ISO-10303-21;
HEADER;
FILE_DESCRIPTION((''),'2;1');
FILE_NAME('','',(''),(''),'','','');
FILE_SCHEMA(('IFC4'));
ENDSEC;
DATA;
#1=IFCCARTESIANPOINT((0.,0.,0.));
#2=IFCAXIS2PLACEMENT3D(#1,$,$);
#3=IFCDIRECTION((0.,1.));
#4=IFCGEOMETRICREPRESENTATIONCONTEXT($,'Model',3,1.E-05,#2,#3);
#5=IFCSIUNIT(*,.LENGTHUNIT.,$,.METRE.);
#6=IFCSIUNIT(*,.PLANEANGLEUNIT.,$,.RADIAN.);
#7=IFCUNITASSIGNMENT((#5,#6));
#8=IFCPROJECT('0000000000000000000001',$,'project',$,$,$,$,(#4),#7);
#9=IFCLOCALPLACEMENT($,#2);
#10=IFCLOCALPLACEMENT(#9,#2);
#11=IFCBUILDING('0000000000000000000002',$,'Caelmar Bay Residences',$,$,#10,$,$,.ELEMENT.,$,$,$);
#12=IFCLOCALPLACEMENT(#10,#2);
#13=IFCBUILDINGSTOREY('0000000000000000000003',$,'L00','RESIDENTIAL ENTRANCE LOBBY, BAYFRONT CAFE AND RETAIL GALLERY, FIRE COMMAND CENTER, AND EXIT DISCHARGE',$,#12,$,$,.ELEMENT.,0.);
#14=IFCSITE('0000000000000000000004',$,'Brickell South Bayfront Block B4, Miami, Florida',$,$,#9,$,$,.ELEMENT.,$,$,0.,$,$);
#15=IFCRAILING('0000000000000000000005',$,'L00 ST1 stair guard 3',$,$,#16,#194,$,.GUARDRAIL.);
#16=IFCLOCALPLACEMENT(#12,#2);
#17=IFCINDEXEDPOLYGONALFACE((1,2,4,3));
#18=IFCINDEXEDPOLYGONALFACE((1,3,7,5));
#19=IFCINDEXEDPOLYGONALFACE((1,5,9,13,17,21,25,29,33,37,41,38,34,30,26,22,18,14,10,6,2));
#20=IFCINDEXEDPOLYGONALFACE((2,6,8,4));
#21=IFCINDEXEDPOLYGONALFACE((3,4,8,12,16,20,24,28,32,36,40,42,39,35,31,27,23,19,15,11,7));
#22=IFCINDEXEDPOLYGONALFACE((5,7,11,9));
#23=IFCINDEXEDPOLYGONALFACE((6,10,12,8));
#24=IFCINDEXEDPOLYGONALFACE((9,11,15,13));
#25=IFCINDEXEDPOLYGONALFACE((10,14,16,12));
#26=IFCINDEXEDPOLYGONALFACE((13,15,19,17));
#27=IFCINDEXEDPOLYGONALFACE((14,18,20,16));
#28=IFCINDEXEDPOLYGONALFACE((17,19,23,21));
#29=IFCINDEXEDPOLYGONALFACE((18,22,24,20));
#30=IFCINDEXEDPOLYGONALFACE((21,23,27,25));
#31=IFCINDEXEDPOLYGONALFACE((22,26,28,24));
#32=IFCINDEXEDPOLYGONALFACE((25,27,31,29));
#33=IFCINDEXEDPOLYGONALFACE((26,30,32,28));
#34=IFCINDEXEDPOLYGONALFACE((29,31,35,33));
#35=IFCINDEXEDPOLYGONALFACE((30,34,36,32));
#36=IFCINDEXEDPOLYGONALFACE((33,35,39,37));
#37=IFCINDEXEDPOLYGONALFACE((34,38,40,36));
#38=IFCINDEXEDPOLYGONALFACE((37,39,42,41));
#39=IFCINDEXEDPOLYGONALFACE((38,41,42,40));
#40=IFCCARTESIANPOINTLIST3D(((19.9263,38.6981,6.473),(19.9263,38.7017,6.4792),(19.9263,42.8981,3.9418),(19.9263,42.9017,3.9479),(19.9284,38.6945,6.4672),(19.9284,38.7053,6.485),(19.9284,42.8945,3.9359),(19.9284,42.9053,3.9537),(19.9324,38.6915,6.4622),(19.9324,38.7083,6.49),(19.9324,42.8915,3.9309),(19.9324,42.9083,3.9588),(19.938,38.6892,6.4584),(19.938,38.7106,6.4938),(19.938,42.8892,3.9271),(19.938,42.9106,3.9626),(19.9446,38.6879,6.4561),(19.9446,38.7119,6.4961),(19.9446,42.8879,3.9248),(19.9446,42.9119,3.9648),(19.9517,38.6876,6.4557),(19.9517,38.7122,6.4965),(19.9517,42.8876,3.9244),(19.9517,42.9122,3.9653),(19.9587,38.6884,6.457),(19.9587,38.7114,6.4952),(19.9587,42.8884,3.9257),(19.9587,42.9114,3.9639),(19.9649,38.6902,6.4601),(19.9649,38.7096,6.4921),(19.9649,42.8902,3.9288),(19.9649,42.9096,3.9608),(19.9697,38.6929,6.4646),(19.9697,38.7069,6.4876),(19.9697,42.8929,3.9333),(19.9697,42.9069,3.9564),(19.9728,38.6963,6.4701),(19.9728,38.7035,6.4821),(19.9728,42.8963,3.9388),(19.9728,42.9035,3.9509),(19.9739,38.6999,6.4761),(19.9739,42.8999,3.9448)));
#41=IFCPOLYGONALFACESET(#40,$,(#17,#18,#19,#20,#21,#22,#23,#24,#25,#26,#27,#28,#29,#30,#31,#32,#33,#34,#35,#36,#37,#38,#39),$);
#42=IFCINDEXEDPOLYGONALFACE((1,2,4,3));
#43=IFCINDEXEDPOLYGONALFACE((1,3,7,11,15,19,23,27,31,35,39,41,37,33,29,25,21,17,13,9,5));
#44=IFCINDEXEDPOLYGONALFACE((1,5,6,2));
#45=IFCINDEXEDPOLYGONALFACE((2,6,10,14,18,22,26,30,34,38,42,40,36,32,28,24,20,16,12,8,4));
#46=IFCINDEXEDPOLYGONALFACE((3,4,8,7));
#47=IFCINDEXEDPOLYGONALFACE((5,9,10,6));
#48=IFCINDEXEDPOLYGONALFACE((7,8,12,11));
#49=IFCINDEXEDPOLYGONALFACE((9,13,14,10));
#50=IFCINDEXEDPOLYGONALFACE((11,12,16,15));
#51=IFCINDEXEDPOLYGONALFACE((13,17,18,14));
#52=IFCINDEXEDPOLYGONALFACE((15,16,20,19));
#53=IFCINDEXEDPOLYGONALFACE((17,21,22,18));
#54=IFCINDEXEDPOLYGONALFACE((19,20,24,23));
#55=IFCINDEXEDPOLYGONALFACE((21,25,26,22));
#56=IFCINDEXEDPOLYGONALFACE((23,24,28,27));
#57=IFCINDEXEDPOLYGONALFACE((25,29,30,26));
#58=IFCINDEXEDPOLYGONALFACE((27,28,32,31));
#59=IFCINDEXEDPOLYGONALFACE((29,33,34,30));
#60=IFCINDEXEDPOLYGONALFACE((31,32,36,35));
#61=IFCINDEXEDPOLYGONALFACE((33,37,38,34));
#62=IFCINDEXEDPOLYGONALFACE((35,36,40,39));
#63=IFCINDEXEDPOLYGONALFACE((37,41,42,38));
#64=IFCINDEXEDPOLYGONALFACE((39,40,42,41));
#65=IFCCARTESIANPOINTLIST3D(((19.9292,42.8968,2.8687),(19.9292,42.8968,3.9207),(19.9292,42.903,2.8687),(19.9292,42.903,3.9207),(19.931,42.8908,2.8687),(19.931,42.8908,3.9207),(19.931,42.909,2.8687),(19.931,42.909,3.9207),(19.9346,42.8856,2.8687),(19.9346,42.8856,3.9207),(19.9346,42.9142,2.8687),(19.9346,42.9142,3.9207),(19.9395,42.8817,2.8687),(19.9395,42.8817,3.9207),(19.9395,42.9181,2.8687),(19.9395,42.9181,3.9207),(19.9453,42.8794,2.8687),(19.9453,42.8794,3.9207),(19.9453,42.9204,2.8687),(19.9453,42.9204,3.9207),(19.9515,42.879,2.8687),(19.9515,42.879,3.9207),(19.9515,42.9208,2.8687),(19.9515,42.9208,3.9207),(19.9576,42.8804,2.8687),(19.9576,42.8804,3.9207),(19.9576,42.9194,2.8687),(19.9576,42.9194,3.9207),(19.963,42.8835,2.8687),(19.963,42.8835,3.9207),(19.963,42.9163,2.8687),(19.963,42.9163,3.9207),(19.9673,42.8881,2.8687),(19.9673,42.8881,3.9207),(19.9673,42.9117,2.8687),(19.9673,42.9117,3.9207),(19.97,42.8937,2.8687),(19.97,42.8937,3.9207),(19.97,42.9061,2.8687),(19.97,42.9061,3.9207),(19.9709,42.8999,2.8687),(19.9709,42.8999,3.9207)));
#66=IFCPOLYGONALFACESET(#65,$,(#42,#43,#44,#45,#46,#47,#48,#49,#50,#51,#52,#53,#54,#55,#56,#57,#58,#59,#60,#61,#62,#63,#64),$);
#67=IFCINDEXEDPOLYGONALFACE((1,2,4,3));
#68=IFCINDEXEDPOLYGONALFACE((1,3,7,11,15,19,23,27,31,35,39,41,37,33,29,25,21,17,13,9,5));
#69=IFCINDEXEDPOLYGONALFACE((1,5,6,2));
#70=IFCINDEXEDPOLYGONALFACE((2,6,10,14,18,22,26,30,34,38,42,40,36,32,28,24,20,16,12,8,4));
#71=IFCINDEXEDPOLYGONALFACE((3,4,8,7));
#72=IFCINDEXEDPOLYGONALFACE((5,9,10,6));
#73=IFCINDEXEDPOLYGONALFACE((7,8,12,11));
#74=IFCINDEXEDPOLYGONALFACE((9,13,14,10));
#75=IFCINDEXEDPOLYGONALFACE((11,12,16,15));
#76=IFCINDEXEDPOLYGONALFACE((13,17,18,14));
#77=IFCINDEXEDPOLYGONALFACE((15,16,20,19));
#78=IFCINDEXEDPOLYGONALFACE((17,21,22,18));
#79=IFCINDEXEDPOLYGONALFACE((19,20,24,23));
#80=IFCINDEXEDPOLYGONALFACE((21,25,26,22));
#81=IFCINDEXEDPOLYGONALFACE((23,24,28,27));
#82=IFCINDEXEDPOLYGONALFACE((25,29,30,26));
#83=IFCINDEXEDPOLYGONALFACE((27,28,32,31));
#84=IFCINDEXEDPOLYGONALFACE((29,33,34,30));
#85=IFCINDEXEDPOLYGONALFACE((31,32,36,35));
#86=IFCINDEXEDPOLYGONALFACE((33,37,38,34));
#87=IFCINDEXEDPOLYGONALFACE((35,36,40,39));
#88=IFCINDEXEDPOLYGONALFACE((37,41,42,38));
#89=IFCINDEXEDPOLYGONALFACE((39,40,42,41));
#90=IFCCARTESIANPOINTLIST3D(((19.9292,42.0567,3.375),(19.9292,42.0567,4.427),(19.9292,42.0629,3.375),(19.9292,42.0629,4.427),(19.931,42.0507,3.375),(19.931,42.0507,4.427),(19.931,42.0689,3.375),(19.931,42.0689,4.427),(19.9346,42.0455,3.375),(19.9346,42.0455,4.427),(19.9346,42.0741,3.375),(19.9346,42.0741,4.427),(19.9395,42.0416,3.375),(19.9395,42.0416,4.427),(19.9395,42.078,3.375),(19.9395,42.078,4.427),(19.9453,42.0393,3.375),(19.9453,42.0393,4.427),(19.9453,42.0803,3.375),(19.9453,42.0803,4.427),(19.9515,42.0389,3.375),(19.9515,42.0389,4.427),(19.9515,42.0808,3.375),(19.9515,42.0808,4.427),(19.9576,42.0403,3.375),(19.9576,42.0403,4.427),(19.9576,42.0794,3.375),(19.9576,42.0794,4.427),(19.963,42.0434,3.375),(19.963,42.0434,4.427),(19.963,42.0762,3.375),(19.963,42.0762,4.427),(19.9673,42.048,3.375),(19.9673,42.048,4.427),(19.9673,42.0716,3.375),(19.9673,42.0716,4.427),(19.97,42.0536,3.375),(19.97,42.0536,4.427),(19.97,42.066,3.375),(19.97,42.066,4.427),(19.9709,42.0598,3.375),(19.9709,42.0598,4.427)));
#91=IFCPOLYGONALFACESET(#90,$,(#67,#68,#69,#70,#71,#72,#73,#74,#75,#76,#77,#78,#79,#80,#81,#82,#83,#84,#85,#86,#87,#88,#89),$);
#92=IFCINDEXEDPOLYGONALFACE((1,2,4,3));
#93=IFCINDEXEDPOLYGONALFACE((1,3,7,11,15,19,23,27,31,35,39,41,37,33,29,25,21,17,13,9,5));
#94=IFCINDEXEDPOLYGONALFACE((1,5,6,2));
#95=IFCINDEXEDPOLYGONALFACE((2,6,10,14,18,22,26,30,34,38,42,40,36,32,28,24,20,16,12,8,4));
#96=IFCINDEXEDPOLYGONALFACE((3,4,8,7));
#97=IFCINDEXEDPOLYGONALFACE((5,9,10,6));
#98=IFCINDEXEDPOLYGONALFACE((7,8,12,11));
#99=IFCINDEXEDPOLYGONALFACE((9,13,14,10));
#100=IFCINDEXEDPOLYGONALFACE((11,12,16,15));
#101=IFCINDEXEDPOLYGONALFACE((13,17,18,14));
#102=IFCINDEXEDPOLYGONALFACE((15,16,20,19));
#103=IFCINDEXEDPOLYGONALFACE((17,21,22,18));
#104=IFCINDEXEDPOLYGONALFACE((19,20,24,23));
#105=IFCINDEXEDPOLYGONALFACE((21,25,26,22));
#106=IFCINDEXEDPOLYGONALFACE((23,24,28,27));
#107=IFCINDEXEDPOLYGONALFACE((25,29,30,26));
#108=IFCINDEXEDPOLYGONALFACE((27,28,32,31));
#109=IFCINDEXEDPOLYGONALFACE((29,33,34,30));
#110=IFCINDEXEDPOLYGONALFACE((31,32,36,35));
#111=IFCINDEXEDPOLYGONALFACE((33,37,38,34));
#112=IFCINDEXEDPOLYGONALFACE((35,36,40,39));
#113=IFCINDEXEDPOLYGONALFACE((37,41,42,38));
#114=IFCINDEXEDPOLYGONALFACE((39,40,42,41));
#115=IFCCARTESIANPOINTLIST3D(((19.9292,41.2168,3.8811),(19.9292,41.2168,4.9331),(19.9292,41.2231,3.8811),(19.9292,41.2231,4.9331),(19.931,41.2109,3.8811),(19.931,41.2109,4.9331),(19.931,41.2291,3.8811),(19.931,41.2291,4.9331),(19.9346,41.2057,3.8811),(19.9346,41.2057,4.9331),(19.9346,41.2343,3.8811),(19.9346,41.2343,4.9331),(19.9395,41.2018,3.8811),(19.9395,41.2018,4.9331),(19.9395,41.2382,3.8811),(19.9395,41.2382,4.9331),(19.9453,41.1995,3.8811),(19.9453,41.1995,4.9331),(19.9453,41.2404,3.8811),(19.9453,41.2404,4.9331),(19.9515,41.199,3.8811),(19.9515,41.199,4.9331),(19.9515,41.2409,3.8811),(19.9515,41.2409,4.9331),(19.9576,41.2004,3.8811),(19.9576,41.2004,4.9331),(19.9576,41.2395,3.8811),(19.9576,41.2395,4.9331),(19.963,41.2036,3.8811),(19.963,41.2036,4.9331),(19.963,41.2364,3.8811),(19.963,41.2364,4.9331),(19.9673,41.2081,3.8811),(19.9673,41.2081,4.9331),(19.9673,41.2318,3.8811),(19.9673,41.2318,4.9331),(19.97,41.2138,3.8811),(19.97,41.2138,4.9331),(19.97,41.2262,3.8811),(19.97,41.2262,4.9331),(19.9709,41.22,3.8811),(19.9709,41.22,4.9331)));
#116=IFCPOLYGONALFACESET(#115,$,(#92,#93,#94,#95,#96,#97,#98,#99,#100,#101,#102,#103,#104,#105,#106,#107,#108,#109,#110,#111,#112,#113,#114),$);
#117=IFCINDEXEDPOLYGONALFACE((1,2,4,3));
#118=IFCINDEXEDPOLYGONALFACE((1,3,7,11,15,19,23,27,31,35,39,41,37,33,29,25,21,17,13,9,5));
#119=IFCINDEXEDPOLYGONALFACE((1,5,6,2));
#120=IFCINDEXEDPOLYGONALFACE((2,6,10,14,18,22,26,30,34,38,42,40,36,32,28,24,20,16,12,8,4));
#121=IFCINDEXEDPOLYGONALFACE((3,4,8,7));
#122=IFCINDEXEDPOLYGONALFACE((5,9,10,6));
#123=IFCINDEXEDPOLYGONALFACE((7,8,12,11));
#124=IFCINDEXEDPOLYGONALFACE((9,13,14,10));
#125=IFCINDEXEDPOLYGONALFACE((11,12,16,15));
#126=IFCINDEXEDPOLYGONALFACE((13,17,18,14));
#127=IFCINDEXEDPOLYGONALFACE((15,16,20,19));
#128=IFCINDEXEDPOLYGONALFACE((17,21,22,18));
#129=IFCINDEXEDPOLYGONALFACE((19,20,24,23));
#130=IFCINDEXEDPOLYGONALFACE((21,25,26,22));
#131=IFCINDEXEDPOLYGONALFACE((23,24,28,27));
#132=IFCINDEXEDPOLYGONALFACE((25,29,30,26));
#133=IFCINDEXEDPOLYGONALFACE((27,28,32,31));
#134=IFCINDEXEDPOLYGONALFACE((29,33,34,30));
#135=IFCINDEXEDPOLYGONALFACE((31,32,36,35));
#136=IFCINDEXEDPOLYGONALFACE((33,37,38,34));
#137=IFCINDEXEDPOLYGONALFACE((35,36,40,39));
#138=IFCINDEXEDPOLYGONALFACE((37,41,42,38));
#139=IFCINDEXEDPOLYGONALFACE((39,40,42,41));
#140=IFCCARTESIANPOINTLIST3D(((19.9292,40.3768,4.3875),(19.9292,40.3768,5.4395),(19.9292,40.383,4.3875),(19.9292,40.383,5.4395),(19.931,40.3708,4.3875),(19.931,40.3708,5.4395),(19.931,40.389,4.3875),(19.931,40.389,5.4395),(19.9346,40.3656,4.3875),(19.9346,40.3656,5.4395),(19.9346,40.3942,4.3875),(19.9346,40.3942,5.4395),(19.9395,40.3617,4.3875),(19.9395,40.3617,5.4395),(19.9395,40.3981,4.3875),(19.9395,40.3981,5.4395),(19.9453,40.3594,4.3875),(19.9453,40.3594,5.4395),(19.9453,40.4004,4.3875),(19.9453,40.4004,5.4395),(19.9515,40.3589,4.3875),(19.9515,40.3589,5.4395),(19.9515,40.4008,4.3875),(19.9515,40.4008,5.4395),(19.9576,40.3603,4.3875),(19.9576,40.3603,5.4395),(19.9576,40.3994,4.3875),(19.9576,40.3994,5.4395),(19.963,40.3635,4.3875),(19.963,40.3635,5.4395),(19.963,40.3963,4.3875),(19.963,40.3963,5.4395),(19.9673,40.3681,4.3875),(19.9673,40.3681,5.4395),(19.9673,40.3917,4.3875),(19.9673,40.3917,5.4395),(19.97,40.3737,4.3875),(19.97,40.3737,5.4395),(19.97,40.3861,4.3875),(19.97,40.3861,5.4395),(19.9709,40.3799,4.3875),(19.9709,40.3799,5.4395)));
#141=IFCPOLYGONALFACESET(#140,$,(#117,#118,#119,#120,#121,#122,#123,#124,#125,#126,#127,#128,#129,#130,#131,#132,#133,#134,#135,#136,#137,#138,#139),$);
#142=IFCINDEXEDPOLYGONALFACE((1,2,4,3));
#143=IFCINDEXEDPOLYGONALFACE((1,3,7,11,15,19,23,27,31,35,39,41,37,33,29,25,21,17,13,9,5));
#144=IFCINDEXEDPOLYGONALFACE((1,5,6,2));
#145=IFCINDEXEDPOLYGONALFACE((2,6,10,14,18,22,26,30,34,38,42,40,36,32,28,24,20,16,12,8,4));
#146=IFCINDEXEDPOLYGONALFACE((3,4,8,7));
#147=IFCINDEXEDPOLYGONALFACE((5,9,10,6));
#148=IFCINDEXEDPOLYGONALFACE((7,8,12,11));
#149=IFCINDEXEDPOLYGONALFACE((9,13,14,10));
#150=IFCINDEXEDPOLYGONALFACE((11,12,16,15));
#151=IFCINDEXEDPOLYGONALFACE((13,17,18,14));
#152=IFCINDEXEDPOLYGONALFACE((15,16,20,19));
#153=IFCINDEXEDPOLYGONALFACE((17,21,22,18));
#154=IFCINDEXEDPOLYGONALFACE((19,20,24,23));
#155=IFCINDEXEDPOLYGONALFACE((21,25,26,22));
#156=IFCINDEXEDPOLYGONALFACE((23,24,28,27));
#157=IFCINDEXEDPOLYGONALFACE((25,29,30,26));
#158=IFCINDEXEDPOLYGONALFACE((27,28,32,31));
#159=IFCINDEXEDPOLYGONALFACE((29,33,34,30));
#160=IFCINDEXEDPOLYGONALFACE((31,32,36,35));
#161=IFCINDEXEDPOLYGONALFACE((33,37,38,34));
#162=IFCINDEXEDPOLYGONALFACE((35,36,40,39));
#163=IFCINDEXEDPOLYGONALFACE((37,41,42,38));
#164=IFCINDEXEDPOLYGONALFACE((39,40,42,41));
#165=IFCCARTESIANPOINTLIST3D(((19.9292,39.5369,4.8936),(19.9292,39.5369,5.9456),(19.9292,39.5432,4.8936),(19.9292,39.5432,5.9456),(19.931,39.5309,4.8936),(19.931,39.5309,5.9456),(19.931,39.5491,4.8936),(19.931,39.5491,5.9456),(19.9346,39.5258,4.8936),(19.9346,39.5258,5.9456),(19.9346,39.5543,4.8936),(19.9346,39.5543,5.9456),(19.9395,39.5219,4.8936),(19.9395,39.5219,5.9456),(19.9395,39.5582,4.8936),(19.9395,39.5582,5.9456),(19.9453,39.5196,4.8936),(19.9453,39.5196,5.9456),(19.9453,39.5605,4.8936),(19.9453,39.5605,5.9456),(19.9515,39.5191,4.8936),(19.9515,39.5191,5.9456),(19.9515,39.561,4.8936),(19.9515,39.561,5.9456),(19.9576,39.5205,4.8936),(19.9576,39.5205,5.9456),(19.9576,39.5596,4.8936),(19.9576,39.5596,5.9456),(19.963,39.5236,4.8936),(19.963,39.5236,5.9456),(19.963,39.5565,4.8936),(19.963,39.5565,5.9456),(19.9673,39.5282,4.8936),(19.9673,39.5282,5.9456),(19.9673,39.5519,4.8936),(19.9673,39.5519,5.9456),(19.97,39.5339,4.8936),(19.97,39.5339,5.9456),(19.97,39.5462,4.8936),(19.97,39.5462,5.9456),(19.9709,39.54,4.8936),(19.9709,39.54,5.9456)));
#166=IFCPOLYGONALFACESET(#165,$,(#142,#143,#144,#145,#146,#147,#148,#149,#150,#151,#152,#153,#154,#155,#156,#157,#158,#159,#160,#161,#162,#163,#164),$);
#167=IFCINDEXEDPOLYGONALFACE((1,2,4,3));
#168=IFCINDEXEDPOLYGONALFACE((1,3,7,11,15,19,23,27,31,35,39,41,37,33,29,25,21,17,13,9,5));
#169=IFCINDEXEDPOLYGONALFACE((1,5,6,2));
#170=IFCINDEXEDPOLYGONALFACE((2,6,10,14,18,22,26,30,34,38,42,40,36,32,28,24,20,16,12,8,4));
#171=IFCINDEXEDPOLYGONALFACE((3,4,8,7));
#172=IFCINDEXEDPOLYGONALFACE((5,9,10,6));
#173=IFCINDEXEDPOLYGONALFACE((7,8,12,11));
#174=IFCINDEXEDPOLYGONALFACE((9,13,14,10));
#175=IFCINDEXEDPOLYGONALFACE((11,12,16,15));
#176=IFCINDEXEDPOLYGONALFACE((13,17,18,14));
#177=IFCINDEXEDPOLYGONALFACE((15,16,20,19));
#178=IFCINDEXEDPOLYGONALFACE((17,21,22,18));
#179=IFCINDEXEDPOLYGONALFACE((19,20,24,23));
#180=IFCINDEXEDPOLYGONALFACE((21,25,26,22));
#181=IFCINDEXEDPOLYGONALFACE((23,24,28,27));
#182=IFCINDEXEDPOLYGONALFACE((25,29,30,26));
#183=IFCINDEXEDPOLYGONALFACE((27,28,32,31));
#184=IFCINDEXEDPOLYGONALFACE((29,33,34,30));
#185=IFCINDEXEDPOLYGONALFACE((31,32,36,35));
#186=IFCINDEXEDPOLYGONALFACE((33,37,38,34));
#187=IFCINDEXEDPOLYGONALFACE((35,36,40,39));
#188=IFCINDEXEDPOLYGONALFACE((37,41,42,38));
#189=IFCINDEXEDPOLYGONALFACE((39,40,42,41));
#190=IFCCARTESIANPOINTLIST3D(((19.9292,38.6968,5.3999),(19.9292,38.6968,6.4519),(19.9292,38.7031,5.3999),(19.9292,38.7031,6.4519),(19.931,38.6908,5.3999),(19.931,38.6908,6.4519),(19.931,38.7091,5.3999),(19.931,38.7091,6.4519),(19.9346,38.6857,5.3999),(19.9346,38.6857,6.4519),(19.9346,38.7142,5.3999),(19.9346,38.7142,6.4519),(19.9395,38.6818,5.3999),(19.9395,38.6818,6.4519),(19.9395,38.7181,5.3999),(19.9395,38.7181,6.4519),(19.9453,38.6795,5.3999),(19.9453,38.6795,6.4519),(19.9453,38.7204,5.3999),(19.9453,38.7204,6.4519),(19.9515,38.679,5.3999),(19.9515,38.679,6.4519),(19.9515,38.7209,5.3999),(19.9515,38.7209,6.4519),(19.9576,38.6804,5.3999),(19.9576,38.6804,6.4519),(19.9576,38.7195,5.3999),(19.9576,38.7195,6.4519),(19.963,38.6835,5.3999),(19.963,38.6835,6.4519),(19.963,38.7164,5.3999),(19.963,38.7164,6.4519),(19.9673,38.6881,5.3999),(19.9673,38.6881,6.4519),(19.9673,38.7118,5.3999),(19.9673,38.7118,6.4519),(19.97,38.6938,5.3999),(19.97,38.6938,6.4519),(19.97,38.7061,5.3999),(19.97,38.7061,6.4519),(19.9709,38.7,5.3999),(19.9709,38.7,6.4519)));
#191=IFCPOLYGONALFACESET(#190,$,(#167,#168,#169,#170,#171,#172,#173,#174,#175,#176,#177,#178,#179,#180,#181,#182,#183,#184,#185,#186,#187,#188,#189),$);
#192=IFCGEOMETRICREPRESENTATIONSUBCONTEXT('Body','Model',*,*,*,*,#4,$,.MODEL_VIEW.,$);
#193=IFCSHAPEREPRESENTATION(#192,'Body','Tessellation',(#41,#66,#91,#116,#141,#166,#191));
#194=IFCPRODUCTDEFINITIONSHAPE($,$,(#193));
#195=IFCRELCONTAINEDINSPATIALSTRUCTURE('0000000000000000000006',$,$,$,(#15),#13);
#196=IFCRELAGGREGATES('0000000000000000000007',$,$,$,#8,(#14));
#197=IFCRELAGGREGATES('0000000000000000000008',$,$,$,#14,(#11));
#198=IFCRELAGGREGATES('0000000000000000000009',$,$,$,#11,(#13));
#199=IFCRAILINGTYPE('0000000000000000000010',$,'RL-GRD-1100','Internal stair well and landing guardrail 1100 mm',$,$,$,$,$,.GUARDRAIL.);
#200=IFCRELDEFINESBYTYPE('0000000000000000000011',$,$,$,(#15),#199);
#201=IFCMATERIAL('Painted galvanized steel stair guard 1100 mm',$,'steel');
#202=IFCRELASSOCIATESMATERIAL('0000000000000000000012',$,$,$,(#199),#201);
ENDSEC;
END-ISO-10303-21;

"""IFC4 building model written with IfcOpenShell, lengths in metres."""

from ifc_helpers import new_model, si_unit, direction, frame, origin, origin_2d, place, context, subcontext, project, spatial, circle, extrude, material, type_object, element, save


model = new_model("IFC4")

# Units and contexts
model_context = context("Model", 3, precision=1e-05, world=origin(), true_north=direction((0.0, 1.0)))
body_context = subcontext(model_context, "Body", "Model", "MODEL_VIEW")
ifc_project = project(units=[si_unit("LENGTHUNIT", "METRE"), si_unit("PLANEANGLEUNIT", "RADIAN")], contexts=[model_context])

# Site, building, storey
site_placement = place(None, origin())
site = spatial("IfcSite", under=ifc_project, at=site_placement, Name="Brickell South Bayfront Block B4, Miami, Florida", CompositionType="ELEMENT", RefElevation=0.0)
building_placement = place(site_placement, origin())
building = spatial("IfcBuilding", under=site, at=building_placement, Name="Caelmar Bay Residences", CompositionType="ELEMENT")
storey_placement = place(building_placement, origin())
storey = spatial("IfcBuildingStorey", under=building, at=storey_placement, Name="L00", Description="RESIDENTIAL ENTRANCE LOBBY, BAYFRONT CAFE AND RETAIL GALLERY, FIRE COMMAND CENTER, AND EXIT DISCHARGE", CompositionType="ELEMENT", Elevation=0.0)

# Railing
ifc_material_1 = material(Name="Painted galvanized steel stair guard 1100 mm", Category="steel")
railing_type_1 = type_object("IfcRailingType", Name="RL-GRD-1100", Description="Internal stair well and landing guardrail 1100 mm", PredefinedType="GUARDRAIL", material=ifc_material_1)
railing_1_placement = place(storey_placement, frame((19.95, 42.8999, 2.8687)))
element("IfcRailing", 1, at=railing_1_placement, inside=storey, type_object=railing_type_1, Name="L00 ST1 stair guard 3", PredefinedType="GUARDRAIL", context=body_context, shape_type="SweptSolid", body=[
    extrude(circle(Radius=0.0239, at=origin_2d()), frame((0.0, 0.0, 1.0762), z_axis=(0.0, -0.856476, 0.516186), x_axis=(1.0, 0.0, 0.0)), (0.0, 0.0, 1.0), 4.9038),
    extrude(circle(Radius=0.021, at=origin_2d()), origin(), (0.0, 0.0, 1.0), 1.052),
    extrude(circle(Radius=0.021, at=origin_2d()), frame((0.0, -0.8401, 0.5063)), (0.0, 0.0, 1.0), 1.052),
    extrude(circle(Radius=0.021, at=origin_2d()), frame((0.0, -1.6799, 1.0125)), (0.0, 0.0, 1.0), 1.052),
    extrude(circle(Radius=0.021, at=origin_2d()), frame((0.0, -2.52, 1.5188)), (0.0, 0.0, 1.0), 1.052),
    extrude(circle(Radius=0.021, at=origin_2d()), frame((0.0, -3.3599, 2.0249)), (0.0, 0.0, 1.0), 1.052),
    extrude(circle(Radius=0.021, at=origin_2d()), frame((0.0, -4.2, 2.5312)), (0.0, 0.0, 1.0), 1.052),
])

save(model, "model.ifc")
